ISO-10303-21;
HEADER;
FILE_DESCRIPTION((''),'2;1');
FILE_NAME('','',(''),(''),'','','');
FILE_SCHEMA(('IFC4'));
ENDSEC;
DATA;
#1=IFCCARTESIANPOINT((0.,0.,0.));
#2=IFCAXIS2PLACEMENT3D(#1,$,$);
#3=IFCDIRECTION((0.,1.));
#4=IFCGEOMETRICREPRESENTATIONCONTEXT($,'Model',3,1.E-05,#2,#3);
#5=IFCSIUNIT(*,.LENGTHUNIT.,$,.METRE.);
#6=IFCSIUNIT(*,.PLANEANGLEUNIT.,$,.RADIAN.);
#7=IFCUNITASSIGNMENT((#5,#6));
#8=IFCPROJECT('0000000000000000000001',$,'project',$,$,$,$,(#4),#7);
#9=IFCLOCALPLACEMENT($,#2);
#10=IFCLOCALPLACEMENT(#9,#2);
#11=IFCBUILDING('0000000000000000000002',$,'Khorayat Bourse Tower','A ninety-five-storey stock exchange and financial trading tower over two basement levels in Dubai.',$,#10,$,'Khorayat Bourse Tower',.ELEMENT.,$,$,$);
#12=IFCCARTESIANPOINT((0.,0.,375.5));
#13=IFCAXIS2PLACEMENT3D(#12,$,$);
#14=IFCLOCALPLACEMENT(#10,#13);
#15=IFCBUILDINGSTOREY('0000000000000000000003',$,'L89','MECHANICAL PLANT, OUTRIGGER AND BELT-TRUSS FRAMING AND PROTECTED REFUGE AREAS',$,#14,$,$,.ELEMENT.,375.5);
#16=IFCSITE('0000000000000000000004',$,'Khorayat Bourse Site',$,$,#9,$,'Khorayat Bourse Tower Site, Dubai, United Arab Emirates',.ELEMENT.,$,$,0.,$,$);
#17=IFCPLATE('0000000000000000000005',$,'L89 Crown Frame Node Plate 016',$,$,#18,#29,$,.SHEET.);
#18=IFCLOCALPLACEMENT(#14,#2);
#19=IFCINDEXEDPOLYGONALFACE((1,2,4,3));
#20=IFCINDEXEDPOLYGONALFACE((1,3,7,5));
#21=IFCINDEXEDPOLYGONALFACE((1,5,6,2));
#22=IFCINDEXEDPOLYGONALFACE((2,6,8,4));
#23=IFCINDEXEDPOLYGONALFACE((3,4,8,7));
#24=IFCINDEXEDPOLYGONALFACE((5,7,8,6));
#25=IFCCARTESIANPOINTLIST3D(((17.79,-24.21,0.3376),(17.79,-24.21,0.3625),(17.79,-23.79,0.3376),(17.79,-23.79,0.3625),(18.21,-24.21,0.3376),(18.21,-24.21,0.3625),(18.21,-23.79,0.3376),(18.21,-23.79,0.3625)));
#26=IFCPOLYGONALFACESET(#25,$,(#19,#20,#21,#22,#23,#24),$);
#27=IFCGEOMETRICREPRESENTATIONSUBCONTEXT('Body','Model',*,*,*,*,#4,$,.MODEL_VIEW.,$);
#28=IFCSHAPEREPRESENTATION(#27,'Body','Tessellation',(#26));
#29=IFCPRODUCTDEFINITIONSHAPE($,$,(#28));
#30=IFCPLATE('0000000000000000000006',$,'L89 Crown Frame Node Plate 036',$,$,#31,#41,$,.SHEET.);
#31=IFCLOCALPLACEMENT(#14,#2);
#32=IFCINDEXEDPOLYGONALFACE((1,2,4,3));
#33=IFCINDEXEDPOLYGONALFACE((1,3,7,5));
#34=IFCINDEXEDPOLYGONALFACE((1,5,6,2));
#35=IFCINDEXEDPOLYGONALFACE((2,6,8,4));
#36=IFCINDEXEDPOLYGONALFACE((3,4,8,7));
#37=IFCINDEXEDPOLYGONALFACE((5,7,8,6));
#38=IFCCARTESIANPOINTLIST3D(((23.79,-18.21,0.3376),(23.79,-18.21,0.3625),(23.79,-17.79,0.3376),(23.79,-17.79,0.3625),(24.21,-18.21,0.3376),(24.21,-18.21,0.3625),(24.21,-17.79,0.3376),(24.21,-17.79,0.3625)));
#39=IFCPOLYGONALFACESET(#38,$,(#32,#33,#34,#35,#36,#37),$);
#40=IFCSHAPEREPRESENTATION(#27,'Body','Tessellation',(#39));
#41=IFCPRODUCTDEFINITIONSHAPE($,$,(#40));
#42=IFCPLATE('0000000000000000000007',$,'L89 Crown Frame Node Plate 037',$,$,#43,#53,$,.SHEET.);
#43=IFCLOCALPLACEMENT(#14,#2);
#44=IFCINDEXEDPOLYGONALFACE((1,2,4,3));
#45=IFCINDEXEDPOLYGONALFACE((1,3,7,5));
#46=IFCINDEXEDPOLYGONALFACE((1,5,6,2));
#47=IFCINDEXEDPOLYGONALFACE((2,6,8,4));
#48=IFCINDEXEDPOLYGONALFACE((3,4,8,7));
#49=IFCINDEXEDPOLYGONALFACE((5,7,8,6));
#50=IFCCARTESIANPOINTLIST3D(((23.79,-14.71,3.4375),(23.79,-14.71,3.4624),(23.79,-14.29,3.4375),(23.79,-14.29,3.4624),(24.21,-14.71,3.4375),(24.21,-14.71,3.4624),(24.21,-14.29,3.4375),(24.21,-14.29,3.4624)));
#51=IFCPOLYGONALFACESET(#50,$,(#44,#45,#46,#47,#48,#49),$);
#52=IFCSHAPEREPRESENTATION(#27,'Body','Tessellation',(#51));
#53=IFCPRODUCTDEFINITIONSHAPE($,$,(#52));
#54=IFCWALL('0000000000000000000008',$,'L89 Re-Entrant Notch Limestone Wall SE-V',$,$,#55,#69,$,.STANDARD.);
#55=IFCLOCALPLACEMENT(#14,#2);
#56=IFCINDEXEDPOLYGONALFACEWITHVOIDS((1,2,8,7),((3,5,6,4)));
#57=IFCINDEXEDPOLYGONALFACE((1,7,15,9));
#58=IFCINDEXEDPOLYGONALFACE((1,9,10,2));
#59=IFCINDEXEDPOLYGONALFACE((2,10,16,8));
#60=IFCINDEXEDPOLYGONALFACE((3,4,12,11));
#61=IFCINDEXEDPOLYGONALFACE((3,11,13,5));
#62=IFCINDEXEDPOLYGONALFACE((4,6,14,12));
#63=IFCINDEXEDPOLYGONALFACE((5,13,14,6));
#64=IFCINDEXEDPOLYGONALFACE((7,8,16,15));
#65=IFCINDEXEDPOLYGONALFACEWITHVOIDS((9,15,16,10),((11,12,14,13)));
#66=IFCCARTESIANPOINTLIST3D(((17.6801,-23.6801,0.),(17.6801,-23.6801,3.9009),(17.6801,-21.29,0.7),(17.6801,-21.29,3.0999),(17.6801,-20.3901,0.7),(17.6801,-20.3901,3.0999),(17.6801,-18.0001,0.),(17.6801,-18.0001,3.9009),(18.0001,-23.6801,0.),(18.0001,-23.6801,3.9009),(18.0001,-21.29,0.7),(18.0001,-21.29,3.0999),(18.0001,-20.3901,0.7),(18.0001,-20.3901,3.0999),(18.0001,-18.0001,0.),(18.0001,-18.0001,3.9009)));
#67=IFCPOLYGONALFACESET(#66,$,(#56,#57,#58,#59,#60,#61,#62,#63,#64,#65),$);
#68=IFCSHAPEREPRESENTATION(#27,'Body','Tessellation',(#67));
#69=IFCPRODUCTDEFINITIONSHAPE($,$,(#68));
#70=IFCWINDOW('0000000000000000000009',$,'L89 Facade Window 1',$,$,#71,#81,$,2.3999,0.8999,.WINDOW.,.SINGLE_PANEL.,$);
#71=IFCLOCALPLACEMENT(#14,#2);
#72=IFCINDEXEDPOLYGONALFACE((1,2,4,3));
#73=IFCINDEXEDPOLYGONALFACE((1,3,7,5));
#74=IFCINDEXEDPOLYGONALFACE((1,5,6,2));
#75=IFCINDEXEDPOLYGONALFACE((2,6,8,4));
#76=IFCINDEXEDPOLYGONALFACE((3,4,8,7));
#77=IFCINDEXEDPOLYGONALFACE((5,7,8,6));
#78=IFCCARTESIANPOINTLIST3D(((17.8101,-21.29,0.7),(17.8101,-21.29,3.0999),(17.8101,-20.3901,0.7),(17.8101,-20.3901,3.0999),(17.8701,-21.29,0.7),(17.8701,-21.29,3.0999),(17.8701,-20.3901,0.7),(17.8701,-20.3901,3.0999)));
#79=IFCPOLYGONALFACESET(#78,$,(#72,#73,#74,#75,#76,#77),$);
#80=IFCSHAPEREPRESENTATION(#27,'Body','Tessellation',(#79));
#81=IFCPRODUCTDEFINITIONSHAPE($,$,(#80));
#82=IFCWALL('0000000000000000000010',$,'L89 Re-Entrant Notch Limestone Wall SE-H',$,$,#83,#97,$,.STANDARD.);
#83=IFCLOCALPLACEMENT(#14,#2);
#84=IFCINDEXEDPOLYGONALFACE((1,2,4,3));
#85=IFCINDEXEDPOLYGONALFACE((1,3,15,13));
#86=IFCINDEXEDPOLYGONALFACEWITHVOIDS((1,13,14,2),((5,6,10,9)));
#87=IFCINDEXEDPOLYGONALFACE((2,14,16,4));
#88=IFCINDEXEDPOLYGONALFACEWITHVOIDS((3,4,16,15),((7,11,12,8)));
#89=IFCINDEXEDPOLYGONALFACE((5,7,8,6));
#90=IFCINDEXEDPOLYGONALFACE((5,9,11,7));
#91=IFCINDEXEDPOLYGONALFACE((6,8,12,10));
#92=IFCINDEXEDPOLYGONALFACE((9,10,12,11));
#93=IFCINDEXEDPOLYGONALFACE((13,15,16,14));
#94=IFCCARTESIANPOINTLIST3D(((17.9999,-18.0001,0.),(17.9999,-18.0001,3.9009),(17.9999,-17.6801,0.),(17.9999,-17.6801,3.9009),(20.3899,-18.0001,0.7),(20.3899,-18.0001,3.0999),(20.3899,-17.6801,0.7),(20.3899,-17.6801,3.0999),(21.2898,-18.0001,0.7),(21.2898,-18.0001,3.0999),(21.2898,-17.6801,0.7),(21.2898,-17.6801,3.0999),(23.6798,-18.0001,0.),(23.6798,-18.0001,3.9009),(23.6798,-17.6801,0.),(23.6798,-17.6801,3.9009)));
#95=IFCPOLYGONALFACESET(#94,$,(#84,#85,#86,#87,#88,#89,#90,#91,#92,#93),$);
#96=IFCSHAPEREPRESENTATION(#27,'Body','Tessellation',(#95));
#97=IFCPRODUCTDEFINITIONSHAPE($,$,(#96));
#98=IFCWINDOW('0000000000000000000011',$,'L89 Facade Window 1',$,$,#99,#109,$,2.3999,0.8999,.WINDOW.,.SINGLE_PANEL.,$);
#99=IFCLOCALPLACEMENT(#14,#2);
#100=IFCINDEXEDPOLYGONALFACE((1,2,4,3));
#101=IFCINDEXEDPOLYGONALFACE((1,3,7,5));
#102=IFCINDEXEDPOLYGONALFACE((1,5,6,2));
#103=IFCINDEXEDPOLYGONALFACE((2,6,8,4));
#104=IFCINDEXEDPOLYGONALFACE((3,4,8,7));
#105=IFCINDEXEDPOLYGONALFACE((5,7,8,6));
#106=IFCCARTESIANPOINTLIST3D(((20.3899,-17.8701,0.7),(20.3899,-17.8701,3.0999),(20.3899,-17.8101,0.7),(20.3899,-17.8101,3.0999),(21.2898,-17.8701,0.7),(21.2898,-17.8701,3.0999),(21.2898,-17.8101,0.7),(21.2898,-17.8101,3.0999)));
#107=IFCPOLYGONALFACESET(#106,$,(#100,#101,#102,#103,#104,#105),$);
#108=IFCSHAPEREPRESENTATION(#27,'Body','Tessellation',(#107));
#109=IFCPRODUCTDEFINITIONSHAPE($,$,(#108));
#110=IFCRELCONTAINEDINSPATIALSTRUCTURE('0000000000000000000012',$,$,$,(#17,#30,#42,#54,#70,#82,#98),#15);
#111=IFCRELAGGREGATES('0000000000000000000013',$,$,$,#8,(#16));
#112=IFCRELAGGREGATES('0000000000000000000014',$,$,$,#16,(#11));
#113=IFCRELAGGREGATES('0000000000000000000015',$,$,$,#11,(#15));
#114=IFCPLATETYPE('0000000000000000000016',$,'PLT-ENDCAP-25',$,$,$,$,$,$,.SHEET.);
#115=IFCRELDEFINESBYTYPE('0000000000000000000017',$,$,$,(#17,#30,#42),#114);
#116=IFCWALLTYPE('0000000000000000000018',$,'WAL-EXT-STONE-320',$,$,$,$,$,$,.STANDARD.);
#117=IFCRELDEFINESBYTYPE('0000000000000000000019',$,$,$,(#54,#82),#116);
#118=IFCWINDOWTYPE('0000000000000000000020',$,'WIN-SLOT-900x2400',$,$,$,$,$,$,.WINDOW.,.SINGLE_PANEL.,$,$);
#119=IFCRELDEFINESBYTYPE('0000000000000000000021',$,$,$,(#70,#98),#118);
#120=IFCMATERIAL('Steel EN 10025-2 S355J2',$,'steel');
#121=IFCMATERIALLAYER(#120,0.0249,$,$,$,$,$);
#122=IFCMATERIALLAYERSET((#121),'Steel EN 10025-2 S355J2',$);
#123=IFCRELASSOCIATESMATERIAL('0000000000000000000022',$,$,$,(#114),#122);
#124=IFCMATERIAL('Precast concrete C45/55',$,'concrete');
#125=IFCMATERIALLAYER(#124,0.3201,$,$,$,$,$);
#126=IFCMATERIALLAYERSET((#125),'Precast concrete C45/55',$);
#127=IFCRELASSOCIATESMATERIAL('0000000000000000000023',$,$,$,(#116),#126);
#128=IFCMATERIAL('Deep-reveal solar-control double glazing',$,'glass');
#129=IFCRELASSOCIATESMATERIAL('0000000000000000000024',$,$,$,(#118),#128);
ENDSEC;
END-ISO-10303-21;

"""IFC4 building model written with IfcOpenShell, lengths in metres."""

from ifc_helpers import new_model, si_unit, direction, frame, frame_2d, origin, origin_2d, place, context, subcontext, project, spatial, rectangle, extrude, source, transform, mapped, material, layer, layer_set, type_object, element, fill, save


model = new_model("IFC4")

# Units and contexts
model_context = context("Model", 3, precision=1e-05, world=origin(), true_north=direction((0.0, 1.0)))
body_context = subcontext(model_context, "Body", "Model", "MODEL_VIEW")
ifc_project = project(units=[si_unit("LENGTHUNIT", "METRE"), si_unit("PLANEANGLEUNIT", "RADIAN")], contexts=[model_context])

# Site, building, storey
site_placement = place(None, origin())
site = spatial("IfcSite", under=ifc_project, at=site_placement, Name="Khorayat Bourse Site", LongName="Khorayat Bourse Tower Site, Dubai, United Arab Emirates", CompositionType="ELEMENT", RefElevation=0.0)
building_placement = place(site_placement, origin())
building = spatial("IfcBuilding", under=site, at=building_placement, Name="Khorayat Bourse Tower", Description="A ninety-five-storey stock exchange and financial trading tower over two basement levels in Dubai.", LongName="Khorayat Bourse Tower", CompositionType="ELEMENT")
storey_placement = place(building_placement, frame((0.0, 0.0, 375.5)))
storey = spatial("IfcBuildingStorey", under=building, at=storey_placement, Name="L89", Description="MECHANICAL PLANT, OUTRIGGER AND BELT-TRUSS FRAMING AND PROTECTED REFUGE AREAS", CompositionType="ELEMENT", Elevation=375.5)

# Shared definitions
ifc_material_1 = material(Name="Steel EN 10025-2 S355J2", Category="steel")

# Plates
ifc_layer_1 = layer(ifc_material_1, 0.0249)
ifc_layer_set_1 = layer_set([ifc_layer_1], Name="Steel EN 10025-2 S355J2")
plate_type_1 = type_object("IfcPlateType", Name="PLT-ENDCAP-25", PredefinedType="SHEET", material=ifc_layer_set_1)
shared_shape_1 = source(origin(), body_context, "Body", "SweptSolid", [
    extrude(rectangle(XDim=0.4199, YDim=0.4199, at=origin_2d()), origin(), (0.0, 0.0, 1.0), 0.0249),
])
for number, where, z_axis, x_axis, name in (
    (1, (18.0, -24.0, 0.3376), (0.0, 0.0, 1.0), (1.0, 0.0, 0.0), "L89 Crown Frame Node Plate 016"),
    (2, (24.0, -18.0, 0.3376), (0.0, 0.0, 1.0), (1.0, 0.0, 0.0), "L89 Crown Frame Node Plate 036"),
    (3, (24.0, -14.5, 3.4375), (0.0, 0.0, 1.0), (1.0, 0.0, 0.0), "L89 Crown Frame Node Plate 037"),
):
    element("IfcPlate", number, at=place(storey_placement, frame(where, z_axis=z_axis, x_axis=x_axis)), inside=storey, type_object=plate_type_1, Name=name, PredefinedType="SHEET", context=body_context, shape_type="MappedRepresentation", body=[
        mapped(shared_shape_1, transform((0.0, 0.0, 0.0), scale=1.0)),
    ])

# Walls, openings, windows
ifc_material_2 = material(Name="Precast concrete C45/55", Category="concrete")
ifc_layer_2 = layer(ifc_material_2, 0.3201)
ifc_layer_set_2 = layer_set([ifc_layer_2], Name="Precast concrete C45/55")
wall_type = type_object("IfcWallType", Name="WAL-EXT-STONE-320", PredefinedType="STANDARD", material=ifc_layer_set_2)
shared_shape_2 = source(origin(), body_context, "Body", "SweptSolid", [
    extrude(rectangle(XDim=5.6799, YDim=0.3201, at=frame_2d((2.8398, 0.0))), origin(), (0.0, 0.0, 1.0), 3.9009),
])
wall_1_placement = place(storey_placement, frame((17.8401, -23.6799, 0.0), z_axis=(0.0, 0.0, 1.0), x_axis=(0.0, 1.0, 0.0)))
wall_1 = element("IfcWall", 4, at=wall_1_placement, inside=storey, type_object=wall_type, Name="L89 Re-Entrant Notch Limestone Wall SE-V", PredefinedType="STANDARD", context=body_context, shape_type="MappedRepresentation", body=[
    mapped(shared_shape_2, transform((0.0, 0.0, 0.0), scale=1.0)),
])
shared_shape_3 = source(origin(), body_context, "Body", "SweptSolid", [
    extrude(rectangle(XDim=0.8999, YDim=2.3999, at=frame_2d((0.45, 1.2))), frame((0.0, 0.1699, 0.0), z_axis=(0.0, -1.0, 0.0), x_axis=(1.0, 0.0, 0.0)), (0.0, 0.0, 1.0), 0.3401),
])
opening_1_placement = place(wall_1_placement, frame((2.3899, 0.0, 0.7)))
opening_1 = element("IfcOpeningElement", 5, at=opening_1_placement, cuts=wall_1, PredefinedType="OPENING", context=body_context, shape_type="MappedRepresentation", body=[
    mapped(shared_shape_3, transform((0.0, 0.0, 0.0), scale=1.0)),
])
ifc_material_3 = material(Name="Deep-reveal solar-control double glazing", Category="glass")
window_type = type_object("IfcWindowType", Name="WIN-SLOT-900x2400", PartitioningType="SINGLE_PANEL", PredefinedType="WINDOW", material=ifc_material_3)
shared_shape_4 = source(origin(), body_context, "Body", "SweptSolid", [
    extrude(rectangle(XDim=0.8999, YDim=2.3999, at=frame_2d((0.45, 1.2))), frame((0.0, 0.03, 0.0), z_axis=(0.0, -1.0, 0.0), x_axis=(1.0, 0.0, 0.0)), (0.0, 0.0, 1.0), 0.0601),
])
window_1_placement = place(opening_1_placement, origin())
window_1 = element("IfcWindow", 6, at=window_1_placement, inside=storey, type_object=window_type, Name="L89 Facade Window 1", OverallHeight=2.3999, OverallWidth=0.8999, PartitioningType="SINGLE_PANEL", PredefinedType="WINDOW", context=body_context, shape_type="MappedRepresentation", body=[
    mapped(shared_shape_4, transform((0.0, 0.0, 0.0), scale=1.0)),
])
fill(opening_1, window_1)
wall_2_placement = place(storey_placement, frame((18.0, -17.8401, 0.0), z_axis=(0.0, 0.0, 1.0), x_axis=(1.0, 0.0, 0.0)))
wall_2 = element("IfcWall", 7, at=wall_2_placement, inside=storey, type_object=wall_type, Name="L89 Re-Entrant Notch Limestone Wall SE-H", PredefinedType="STANDARD", context=body_context, shape_type="MappedRepresentation", body=[
    mapped(shared_shape_2, transform((0.0, 0.0, 0.0), scale=1.0)),
])
opening_2_placement = place(wall_2_placement, frame((2.3899, 0.0, 0.7)))
opening_2 = element("IfcOpeningElement", 8, at=opening_2_placement, cuts=wall_2, PredefinedType="OPENING", context=body_context, shape_type="MappedRepresentation", body=[
    mapped(shared_shape_3, transform((0.0, 0.0, 0.0), scale=1.0)),
])
window_2_placement = place(opening_2_placement, origin())
window_2 = element("IfcWindow", 9, at=window_2_placement, inside=storey, type_object=window_type, Name="L89 Facade Window 1", OverallHeight=2.3999, OverallWidth=0.8999, PartitioningType="SINGLE_PANEL", PredefinedType="WINDOW", context=body_context, shape_type="MappedRepresentation", body=[
    mapped(shared_shape_4, transform((0.0, 0.0, 0.0), scale=1.0)),
])
fill(opening_2, window_2)

save(model, "model.ifc")
